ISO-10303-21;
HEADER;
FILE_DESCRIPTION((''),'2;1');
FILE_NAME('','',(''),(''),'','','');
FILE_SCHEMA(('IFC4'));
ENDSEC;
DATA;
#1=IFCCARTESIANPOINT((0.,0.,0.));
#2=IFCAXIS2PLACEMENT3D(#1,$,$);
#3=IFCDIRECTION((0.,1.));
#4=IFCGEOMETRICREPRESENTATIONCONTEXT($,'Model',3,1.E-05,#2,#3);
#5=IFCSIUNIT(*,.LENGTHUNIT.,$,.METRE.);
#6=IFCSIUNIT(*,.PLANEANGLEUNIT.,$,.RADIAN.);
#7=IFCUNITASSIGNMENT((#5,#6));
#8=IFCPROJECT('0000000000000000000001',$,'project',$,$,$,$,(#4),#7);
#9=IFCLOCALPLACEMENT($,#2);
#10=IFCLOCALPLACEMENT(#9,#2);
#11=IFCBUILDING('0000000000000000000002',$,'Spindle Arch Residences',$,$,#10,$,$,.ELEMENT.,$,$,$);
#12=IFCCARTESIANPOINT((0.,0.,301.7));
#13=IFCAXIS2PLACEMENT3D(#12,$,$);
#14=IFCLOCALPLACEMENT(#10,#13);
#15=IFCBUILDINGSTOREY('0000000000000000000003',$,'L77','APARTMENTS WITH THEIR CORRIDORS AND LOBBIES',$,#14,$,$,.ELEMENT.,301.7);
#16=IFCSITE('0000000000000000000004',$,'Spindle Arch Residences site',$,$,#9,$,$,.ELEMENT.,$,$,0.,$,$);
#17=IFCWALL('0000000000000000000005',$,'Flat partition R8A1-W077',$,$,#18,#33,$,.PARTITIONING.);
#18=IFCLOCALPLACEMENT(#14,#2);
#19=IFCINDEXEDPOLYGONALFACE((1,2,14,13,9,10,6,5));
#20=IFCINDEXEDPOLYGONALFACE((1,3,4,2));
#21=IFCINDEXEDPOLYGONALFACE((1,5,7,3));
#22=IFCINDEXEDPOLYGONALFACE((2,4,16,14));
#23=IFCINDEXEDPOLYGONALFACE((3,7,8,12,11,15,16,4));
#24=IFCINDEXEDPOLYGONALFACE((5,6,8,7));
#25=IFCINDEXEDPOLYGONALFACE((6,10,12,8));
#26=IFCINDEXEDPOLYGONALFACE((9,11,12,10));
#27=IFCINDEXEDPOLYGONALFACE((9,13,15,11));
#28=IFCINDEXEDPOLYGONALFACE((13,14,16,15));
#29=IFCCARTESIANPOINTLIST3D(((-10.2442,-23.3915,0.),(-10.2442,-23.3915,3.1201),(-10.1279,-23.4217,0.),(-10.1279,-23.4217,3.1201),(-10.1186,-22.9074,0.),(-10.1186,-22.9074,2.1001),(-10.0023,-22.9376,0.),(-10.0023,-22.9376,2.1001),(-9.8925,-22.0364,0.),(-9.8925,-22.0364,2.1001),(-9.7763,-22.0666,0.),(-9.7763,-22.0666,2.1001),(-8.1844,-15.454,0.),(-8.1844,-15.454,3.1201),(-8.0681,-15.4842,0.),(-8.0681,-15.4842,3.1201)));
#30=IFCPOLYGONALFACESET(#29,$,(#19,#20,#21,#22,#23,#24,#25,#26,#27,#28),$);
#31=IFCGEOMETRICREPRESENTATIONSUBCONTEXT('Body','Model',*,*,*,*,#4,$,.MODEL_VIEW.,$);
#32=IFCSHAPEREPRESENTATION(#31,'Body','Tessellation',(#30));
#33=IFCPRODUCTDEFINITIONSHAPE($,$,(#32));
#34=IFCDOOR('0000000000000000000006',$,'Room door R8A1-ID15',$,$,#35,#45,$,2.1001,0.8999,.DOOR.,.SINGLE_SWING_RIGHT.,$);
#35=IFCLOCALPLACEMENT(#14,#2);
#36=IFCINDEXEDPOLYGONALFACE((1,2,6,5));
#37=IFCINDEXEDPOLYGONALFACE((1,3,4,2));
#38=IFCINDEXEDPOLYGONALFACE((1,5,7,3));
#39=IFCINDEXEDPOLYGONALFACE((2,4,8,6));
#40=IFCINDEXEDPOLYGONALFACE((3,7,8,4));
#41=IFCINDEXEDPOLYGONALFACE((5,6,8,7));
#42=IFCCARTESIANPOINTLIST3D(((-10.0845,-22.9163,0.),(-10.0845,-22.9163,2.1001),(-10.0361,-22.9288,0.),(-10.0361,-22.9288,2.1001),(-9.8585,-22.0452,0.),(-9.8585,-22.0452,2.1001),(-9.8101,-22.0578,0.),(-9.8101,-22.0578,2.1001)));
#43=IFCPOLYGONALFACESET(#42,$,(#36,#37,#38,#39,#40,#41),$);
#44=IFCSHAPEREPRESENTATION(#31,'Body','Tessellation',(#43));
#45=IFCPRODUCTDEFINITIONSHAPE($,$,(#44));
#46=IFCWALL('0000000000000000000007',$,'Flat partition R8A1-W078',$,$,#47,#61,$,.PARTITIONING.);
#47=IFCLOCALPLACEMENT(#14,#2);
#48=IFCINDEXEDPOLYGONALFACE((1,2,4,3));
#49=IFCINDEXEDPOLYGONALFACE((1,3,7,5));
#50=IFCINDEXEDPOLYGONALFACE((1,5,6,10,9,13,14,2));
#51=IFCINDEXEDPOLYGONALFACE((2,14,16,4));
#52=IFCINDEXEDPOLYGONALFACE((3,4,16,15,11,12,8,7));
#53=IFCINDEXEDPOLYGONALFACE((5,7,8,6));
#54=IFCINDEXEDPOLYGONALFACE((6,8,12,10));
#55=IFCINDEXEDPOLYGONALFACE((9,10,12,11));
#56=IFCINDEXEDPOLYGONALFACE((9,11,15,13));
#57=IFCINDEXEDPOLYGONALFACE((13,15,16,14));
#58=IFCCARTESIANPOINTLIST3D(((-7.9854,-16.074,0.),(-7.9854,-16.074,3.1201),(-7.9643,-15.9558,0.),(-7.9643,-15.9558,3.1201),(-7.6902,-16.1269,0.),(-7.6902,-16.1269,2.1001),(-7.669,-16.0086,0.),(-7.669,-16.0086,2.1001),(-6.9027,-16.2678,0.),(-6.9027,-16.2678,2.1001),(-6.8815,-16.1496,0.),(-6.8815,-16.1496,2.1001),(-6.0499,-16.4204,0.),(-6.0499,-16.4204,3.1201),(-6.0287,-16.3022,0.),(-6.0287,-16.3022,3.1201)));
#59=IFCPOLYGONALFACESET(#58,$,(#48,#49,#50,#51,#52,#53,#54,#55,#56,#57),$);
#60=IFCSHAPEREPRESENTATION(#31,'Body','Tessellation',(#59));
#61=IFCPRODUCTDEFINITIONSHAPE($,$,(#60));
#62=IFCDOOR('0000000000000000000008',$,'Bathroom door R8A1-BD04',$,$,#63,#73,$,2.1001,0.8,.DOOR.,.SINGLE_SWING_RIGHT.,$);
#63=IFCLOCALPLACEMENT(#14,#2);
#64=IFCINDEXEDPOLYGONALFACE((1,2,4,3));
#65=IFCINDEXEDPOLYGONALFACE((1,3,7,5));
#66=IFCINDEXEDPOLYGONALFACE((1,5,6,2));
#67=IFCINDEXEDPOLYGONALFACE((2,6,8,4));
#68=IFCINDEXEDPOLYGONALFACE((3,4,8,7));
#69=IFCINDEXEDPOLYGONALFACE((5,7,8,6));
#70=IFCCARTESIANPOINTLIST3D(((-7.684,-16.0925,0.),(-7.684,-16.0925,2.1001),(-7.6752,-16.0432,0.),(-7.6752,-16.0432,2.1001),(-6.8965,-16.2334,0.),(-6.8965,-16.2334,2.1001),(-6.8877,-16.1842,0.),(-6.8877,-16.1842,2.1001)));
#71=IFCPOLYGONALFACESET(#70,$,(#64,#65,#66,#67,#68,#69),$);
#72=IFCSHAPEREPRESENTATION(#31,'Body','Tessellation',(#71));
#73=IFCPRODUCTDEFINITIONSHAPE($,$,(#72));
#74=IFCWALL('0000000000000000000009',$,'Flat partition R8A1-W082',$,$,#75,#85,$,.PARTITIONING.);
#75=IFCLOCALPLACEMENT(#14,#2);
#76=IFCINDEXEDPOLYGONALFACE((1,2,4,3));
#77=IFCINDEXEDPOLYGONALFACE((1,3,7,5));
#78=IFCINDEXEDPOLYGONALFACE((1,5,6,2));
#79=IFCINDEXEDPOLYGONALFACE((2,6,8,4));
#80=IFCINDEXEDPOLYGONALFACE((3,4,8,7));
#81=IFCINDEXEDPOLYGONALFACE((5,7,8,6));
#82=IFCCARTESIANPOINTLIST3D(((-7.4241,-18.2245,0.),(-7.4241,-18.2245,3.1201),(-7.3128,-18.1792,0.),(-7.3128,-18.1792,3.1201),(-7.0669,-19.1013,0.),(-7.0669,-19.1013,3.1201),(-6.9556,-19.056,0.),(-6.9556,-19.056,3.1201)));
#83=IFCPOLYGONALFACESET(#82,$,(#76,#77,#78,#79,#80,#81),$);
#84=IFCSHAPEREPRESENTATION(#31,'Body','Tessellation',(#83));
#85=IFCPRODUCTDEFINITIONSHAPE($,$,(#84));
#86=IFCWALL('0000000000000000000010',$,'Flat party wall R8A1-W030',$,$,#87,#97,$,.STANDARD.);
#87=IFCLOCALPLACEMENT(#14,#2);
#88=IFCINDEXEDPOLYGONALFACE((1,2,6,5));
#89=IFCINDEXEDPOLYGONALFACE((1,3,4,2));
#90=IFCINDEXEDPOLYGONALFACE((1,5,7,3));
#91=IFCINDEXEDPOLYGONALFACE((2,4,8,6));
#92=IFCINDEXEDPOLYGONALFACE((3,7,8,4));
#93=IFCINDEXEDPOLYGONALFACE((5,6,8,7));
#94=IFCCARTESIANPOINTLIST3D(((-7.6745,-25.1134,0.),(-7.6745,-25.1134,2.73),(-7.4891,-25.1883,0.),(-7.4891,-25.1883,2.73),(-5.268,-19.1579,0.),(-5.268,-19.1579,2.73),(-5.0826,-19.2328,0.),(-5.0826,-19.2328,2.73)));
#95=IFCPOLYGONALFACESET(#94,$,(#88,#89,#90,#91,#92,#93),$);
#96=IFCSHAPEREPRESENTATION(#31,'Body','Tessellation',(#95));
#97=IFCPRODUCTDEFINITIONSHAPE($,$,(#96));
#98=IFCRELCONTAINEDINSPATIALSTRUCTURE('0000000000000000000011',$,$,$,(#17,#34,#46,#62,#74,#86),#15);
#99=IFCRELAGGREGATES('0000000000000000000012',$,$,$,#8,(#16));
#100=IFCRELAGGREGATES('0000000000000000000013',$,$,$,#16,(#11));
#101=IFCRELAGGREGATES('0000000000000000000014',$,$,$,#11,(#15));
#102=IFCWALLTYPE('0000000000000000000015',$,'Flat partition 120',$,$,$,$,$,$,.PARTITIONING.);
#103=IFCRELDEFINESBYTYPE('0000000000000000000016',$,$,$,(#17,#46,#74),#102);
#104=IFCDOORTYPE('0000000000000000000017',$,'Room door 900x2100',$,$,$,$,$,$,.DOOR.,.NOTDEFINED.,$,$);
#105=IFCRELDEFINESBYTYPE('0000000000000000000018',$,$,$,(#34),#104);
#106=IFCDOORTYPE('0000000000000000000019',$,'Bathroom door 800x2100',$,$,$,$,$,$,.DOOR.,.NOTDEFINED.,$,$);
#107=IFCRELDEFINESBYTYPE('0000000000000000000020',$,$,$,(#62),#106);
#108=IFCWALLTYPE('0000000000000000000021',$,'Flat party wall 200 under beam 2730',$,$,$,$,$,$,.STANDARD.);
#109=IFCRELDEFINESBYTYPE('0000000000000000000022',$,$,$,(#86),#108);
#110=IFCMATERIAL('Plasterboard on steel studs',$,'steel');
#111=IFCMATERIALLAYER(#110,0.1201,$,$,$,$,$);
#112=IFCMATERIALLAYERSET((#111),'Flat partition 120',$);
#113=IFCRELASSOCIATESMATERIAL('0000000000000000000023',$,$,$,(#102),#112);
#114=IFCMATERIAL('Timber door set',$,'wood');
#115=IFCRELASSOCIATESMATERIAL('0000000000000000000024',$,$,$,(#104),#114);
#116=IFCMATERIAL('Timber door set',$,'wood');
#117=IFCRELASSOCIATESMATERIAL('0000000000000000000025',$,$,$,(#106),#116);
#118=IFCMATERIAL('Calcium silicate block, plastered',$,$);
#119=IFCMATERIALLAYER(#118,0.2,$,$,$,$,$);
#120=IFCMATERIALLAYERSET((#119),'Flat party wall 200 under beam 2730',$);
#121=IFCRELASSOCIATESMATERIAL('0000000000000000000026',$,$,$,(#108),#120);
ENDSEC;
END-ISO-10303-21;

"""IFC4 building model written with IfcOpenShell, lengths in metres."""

from ifc_helpers import new_model, si_unit, direction, frame, frame_2d, origin, place, context, subcontext, project, spatial, rectangle, extrude, material, layer, layer_set, type_object, element, fill, save


model = new_model("IFC4")

# Units and contexts
model_context = context("Model", 3, precision=1e-05, world=origin(), true_north=direction((0.0, 1.0)))
body_context = subcontext(model_context, "Body", "Model", "MODEL_VIEW")
ifc_project = project(units=[si_unit("LENGTHUNIT", "METRE"), si_unit("PLANEANGLEUNIT", "RADIAN")], contexts=[model_context])

# Site, building, storey
site_placement = place(None, origin())
site = spatial("IfcSite", under=ifc_project, at=site_placement, Name="Spindle Arch Residences site", CompositionType="ELEMENT", RefElevation=0.0)
building_placement = place(site_placement, origin())
building = spatial("IfcBuilding", under=site, at=building_placement, Name="Spindle Arch Residences", CompositionType="ELEMENT")
storey_placement = place(building_placement, frame((0.0, 0.0, 301.7)))
storey = spatial("IfcBuildingStorey", under=building, at=storey_placement, Name="L77", Description="APARTMENTS WITH THEIR CORRIDORS AND LOBBIES", CompositionType="ELEMENT", Elevation=301.7)

# Walls, openings, doors
ifc_material_1 = material(Name="Plasterboard on steel studs", Category="steel")
ifc_layer_1 = layer(ifc_material_1, 0.1201)
ifc_layer_set_1 = layer_set([ifc_layer_1], Name="Flat partition 120")
wall_type_1 = type_object("IfcWallType", Name="Flat partition 120", PredefinedType="PARTITIONING", material=ifc_layer_set_1)
ifc_material_2 = material(Name="Timber door set", Category="wood")
door_type_1 = type_object("IfcDoorType", Name="Room door 900x2100", OperationType="NOTDEFINED", PredefinedType="DOOR", material=ifc_material_2)
wall_1_placement = place(storey_placement, frame((-10.186, -23.4065, 0.0), z_axis=(0.0, 0.0, 1.0), x_axis=(0.251184, 0.967939, 0.0)))
wall_1 = element("IfcWall", 1, at=wall_1_placement, inside=storey, type_object=wall_type_1, Name="Flat partition R8A1-W077", PredefinedType="PARTITIONING", context=body_context, shape_type="SweptSolid", body=[
    extrude(rectangle(XDim=8.2004, YDim=0.1201, at=frame_2d((4.1001, 0.0))), origin(), (0.0, 0.0, 1.0), 3.1201),
])
opening_1_placement = place(wall_1_placement, frame((0.5, 0.0, 0.0)))
opening_1 = element("IfcOpeningElement", 2, at=opening_1_placement, cuts=wall_1, PredefinedType="OPENING", context=body_context, shape_type="SweptSolid", body=[
    extrude(rectangle(XDim=0.8999, YDim=2.1001, at=frame_2d((0.45, 1.05))), frame((0.0, 0.0701, 0.0), z_axis=(0.0, -1.0, 0.0), x_axis=(1.0, 0.0, 0.0)), (0.0, 0.0, 1.0), 0.1401),
])
door_1_placement = place(opening_1_placement, origin())
door_1 = element("IfcDoor", 3, at=door_1_placement, inside=storey, type_object=door_type_1, Name="Room door R8A1-ID15", OperationType="SINGLE_SWING_RIGHT", OverallHeight=2.1001, OverallWidth=0.8999, PredefinedType="DOOR", context=body_context, shape_type="SweptSolid", body=[
    extrude(rectangle(XDim=0.8999, YDim=2.1001, at=frame_2d((0.45, 1.05))), frame((0.0, 0.0249, 0.0), z_axis=(0.0, -1.0, 0.0), x_axis=(1.0, 0.0, 0.0)), (0.0, 0.0, 1.0), 0.05),
])
fill(opening_1, door_1)
wall_2_placement = place(storey_placement, frame((-7.9749, -16.0149, 0.0), z_axis=(0.0, 0.0, 1.0), x_axis=(0.984357, -0.176186, 0.0)))
wall_2 = element("IfcWall", 4, at=wall_2_placement, inside=storey, type_object=wall_type_1, Name="Flat partition R8A1-W078", PredefinedType="PARTITIONING", context=body_context, shape_type="SweptSolid", body=[
    extrude(rectangle(XDim=1.9663, YDim=0.1201, at=frame_2d((0.9832, 0.0))), origin(), (0.0, 0.0, 1.0), 3.1201),
])
opening_2_placement = place(wall_2_placement, frame((0.3, 0.0, 0.0)))
opening_2 = element("IfcOpeningElement", 5, at=opening_2_placement, cuts=wall_2, PredefinedType="OPENING", context=body_context, shape_type="SweptSolid", body=[
    extrude(rectangle(XDim=0.8, YDim=2.1001, at=frame_2d((0.3999, 1.05))), frame((0.0, 0.0701, 0.0), z_axis=(0.0, -1.0, 0.0), x_axis=(1.0, 0.0, 0.0)), (0.0, 0.0, 1.0), 0.1401),
])
ifc_material_3 = material(Name="Timber door set", Category="wood")
door_type_2 = type_object("IfcDoorType", Name="Bathroom door 800x2100", OperationType="NOTDEFINED", PredefinedType="DOOR", material=ifc_material_3)
door_2_placement = place(opening_2_placement, origin())
door_2 = element("IfcDoor", 6, at=door_2_placement, inside=storey, type_object=door_type_2, Name="Bathroom door R8A1-BD04", OperationType="SINGLE_SWING_RIGHT", OverallHeight=2.1001, OverallWidth=0.8, PredefinedType="DOOR", context=body_context, shape_type="SweptSolid", body=[
    extrude(rectangle(XDim=0.8, YDim=2.1001, at=frame_2d((0.3999, 1.05))), frame((0.0, 0.0249, 0.0), z_axis=(0.0, -1.0, 0.0), x_axis=(1.0, 0.0, 0.0)), (0.0, 0.0, 1.0), 0.05),
])
fill(opening_2, door_2)

# Walls
wall_3_placement = place(storey_placement, frame((-7.0112, -19.0786, 0.0), z_axis=(0.0, 0.0, 1.0), x_axis=(-0.377297, 0.926092, 0.0)))
element("IfcWall", 7, at=wall_3_placement, inside=storey, type_object=wall_type_1, Name="Flat partition R8A1-W082", PredefinedType="PARTITIONING", context=body_context, shape_type="SweptSolid", body=[
    extrude(rectangle(XDim=0.9468, YDim=0.1201, at=frame_2d((0.4734, 0.0))), origin(), (0.0, 0.0, 1.0), 3.1201),
])
ifc_material_4 = material(Name="Calcium silicate block, plastered")
ifc_layer_2 = layer(ifc_material_4, 0.2)
ifc_layer_set_2 = layer_set([ifc_layer_2], Name="Flat party wall 200 under beam 2730")
wall_type_2 = type_object("IfcWallType", Name="Flat party wall 200 under beam 2730", PredefinedType="STANDARD", material=ifc_layer_set_2)
wall_4_placement = place(storey_placement, frame((-7.5818, -25.1509, 0.0), z_axis=(0.0, 0.0, 1.0), x_axis=(0.374645, 0.927168, 0.0)))
element("IfcWall", 8, at=wall_4_placement, inside=storey, type_object=wall_type_2, Name="Flat party wall R8A1-W030", PredefinedType="STANDARD", context=body_context, shape_type="SweptSolid", body=[
    extrude(rectangle(XDim=6.4233, YDim=0.2, at=frame_2d((3.2117, 0.0))), origin(), (0.0, 0.0, 1.0), 2.73),
])

save(model, "model.ifc")
